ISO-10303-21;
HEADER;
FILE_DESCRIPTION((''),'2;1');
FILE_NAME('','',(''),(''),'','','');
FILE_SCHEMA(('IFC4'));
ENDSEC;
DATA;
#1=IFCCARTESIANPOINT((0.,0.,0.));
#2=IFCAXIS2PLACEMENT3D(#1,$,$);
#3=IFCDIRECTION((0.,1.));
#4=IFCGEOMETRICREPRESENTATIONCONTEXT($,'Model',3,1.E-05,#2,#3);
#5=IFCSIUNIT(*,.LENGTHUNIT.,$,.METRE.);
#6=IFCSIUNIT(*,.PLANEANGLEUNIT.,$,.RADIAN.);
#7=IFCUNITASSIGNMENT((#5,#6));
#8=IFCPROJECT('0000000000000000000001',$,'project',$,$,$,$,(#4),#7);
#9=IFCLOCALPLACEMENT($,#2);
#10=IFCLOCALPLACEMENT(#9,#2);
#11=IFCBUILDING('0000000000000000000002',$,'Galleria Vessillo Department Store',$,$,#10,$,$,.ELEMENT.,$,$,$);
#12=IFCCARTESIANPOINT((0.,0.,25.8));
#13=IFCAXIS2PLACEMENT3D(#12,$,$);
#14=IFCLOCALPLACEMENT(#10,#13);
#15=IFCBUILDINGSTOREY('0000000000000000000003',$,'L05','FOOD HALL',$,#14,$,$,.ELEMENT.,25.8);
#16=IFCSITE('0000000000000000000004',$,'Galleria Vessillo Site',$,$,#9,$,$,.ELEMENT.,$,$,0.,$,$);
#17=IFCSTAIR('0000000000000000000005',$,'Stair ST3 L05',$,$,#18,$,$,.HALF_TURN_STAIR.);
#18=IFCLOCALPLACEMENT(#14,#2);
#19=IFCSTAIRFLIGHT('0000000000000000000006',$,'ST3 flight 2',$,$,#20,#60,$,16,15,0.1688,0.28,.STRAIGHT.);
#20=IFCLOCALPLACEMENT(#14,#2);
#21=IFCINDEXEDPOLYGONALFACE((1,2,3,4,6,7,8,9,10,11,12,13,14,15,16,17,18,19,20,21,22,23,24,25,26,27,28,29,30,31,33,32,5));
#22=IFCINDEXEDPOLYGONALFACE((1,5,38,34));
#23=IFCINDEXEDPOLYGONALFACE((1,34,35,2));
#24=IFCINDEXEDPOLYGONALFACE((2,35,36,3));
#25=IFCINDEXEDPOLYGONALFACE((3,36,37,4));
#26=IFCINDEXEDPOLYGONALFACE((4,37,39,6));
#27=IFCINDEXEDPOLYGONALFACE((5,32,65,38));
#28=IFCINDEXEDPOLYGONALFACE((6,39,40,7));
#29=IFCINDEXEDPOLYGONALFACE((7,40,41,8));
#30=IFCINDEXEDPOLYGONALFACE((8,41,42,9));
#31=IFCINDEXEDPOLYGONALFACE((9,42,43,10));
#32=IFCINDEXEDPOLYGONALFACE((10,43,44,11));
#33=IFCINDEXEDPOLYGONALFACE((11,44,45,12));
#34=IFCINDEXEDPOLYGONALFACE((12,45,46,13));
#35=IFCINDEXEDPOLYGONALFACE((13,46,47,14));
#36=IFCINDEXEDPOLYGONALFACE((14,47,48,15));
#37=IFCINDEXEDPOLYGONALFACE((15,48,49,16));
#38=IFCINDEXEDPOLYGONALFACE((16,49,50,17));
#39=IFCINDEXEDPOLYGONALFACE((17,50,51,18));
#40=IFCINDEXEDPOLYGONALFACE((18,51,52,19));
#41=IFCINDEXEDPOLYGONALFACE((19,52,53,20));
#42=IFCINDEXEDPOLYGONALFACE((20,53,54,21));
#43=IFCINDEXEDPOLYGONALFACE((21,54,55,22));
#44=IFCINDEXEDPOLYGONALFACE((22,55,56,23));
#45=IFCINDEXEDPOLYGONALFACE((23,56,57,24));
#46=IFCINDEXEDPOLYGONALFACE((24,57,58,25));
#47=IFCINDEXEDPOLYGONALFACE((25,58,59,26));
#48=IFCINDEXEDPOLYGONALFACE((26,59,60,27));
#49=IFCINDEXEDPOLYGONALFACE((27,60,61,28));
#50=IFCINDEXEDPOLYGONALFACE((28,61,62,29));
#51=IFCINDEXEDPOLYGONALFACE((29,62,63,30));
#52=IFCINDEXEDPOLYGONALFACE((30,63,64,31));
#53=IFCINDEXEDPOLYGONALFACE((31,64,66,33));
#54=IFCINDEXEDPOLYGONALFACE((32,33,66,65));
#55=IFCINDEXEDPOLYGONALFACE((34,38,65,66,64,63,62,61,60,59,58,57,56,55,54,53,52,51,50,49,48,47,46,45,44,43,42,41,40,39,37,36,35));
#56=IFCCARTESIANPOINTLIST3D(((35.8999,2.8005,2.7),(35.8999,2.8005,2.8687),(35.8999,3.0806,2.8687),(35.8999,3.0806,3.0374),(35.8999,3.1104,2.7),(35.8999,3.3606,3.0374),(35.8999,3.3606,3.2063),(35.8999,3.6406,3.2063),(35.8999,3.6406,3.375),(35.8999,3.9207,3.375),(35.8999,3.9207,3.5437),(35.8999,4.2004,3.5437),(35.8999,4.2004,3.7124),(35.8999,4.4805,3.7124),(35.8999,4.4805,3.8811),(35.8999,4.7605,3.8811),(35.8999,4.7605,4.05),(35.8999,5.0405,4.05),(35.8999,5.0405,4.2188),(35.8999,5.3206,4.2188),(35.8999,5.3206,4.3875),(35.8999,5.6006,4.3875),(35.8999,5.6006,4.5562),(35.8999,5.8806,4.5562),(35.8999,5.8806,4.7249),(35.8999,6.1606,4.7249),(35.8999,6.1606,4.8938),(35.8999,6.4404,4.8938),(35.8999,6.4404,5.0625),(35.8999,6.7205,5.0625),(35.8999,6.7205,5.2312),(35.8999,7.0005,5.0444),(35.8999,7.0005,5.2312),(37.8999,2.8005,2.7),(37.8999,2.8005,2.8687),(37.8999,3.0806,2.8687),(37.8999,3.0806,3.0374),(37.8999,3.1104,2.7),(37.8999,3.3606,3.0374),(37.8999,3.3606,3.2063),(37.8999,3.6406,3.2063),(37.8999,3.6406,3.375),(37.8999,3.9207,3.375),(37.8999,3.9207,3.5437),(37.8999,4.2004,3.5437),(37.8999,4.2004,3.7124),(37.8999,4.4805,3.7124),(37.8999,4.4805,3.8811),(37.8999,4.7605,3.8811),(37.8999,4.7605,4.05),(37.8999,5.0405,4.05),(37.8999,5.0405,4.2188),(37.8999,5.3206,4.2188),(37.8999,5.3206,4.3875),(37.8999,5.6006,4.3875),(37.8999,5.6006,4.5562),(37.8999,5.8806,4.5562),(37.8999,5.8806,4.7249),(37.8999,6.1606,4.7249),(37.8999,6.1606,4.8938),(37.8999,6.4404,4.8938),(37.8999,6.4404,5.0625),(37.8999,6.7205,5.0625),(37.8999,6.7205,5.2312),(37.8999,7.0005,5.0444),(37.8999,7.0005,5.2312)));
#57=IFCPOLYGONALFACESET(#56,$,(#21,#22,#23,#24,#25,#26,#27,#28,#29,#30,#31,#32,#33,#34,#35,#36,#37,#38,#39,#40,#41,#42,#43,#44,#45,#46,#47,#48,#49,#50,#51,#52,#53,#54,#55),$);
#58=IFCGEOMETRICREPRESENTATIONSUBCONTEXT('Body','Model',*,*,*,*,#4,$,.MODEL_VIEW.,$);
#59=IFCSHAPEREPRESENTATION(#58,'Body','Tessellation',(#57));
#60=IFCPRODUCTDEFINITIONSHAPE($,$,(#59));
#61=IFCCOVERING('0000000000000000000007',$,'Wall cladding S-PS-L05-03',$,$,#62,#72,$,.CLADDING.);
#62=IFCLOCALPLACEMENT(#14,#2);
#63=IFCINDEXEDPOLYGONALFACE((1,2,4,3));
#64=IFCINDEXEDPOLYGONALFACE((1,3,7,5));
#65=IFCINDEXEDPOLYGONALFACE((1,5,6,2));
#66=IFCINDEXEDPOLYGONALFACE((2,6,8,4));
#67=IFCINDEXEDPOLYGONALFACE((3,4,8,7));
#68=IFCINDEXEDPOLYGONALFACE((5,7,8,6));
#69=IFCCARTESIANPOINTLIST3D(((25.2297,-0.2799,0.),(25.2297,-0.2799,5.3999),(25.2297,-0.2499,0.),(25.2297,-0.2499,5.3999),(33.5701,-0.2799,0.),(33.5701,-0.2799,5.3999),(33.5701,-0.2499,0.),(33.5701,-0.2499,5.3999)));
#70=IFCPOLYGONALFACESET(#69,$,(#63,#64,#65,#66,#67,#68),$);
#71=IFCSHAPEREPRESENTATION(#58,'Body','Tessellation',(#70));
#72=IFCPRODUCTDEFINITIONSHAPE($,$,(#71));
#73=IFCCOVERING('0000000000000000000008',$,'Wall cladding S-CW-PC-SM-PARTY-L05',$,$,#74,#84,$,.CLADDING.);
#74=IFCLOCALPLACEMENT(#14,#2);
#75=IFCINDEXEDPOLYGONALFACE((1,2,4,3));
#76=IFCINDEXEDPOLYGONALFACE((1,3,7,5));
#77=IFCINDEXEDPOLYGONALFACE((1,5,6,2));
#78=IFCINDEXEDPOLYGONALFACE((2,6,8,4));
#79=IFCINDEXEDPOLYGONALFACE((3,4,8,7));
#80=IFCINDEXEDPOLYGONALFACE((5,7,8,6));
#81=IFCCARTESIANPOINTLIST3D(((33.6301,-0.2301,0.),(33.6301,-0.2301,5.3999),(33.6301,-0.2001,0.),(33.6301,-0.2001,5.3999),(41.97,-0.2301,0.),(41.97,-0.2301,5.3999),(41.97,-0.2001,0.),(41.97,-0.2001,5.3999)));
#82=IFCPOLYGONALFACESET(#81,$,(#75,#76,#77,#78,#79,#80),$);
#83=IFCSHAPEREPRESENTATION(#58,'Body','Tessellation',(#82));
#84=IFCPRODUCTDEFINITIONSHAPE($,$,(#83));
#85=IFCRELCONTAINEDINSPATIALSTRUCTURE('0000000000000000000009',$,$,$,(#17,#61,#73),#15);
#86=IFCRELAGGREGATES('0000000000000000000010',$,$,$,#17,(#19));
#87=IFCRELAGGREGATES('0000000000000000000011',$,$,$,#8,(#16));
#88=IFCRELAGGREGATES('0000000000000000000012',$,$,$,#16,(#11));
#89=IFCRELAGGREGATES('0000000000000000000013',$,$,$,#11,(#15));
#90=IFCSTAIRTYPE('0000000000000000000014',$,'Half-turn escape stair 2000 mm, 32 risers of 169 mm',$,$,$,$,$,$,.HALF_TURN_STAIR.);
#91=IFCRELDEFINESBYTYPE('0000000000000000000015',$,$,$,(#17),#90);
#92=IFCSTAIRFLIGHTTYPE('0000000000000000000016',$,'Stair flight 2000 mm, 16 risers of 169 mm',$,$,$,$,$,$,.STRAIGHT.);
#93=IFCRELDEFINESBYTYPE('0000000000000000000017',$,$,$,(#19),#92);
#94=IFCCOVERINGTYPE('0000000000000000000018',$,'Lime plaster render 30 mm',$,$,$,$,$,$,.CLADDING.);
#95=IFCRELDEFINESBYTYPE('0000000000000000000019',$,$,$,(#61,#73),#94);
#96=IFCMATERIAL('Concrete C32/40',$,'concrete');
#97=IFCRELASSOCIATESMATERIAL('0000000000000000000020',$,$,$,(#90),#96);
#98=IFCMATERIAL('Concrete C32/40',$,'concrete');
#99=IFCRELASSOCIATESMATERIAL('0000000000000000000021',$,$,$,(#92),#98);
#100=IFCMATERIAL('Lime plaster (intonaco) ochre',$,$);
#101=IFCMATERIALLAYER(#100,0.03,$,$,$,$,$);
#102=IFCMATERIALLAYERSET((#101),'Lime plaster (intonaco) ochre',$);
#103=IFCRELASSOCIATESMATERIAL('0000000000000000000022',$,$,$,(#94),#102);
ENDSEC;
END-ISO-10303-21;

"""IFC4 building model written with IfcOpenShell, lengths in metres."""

from ifc_helpers import new_model, si_unit, direction, frame, origin, origin_2d, place, context, subcontext, project, spatial, polyline, rectangle, outline, extrude, material, layer, layer_set, type_object, element, aggregate, save


model = new_model("IFC4")

# Units and contexts
model_context = context("Model", 3, precision=1e-05, world=origin(), true_north=direction((0.0, 1.0)))
body_context = subcontext(model_context, "Body", "Model", "MODEL_VIEW")
ifc_project = project(units=[si_unit("LENGTHUNIT", "METRE"), si_unit("PLANEANGLEUNIT", "RADIAN")], contexts=[model_context])

# Site, building, storey
site_placement = place(None, origin())
site = spatial("IfcSite", under=ifc_project, at=site_placement, Name="Galleria Vessillo Site", CompositionType="ELEMENT", RefElevation=0.0)
building_placement = place(site_placement, origin())
building = spatial("IfcBuilding", under=site, at=building_placement, Name="Galleria Vessillo Department Store", CompositionType="ELEMENT")
storey_placement = place(building_placement, frame((0.0, 0.0, 25.8)))
storey = spatial("IfcBuildingStorey", under=building, at=storey_placement, Name="L05", Description="FOOD HALL", CompositionType="ELEMENT", Elevation=25.8)

# Stair, stair flight
ifc_material_1 = material(Name="Concrete C32/40", Category="concrete")
stair_type = type_object("IfcStairType", Name="Half-turn escape stair 2000 mm, 32 risers of 169 mm", PredefinedType="HALF_TURN_STAIR", material=ifc_material_1)
stair_placement = place(storey_placement, origin())
stair = element("IfcStair", 1, at=stair_placement, inside=storey, type_object=stair_type, Name="Stair ST3 L05", PredefinedType="HALF_TURN_STAIR")
ifc_material_2 = material(Name="Concrete C32/40", Category="concrete")
stair_flight_type = type_object("IfcStairFlightType", Name="Stair flight 2000 mm, 16 risers of 169 mm", PredefinedType="STRAIGHT", material=ifc_material_2)
stair_flight_1_placement = place(storey_placement, frame((36.8999, 2.8005, 2.7), z_axis=(0.0, 0.0, 1.0), x_axis=(0.0, 1.0, 0.0)))
stair_flight_1 = element("IfcStairFlight", 2, at=stair_flight_1_placement, type_object=stair_flight_type, Name="ST3 flight 2", NumberOfRisers=16, NumberOfTreads=15, PredefinedType="STRAIGHT", RiserHeight=0.1688, TreadLength=0.28, context=body_context, shape_type="SweptSolid", body=[
    extrude(outline(polyline([(0.0, 0.0), (0.0, 0.1687), (0.28, 0.1687), (0.28, 0.3374), (0.5601, 0.3374), (0.5601, 0.5063), (0.8401, 0.5063), (0.8401, 0.675), (1.1201, 0.675), (1.1201, 0.8438), (1.3999, 0.8438), (1.3999, 1.0125), (1.6799, 1.0125), (1.6799, 1.1812), (1.96, 1.1812), (1.96, 1.3501), (2.24, 1.3501), (2.24, 1.5188), (2.52, 1.5188), (2.52, 1.6875), (2.8, 1.6875), (2.8, 1.8562), (3.0801, 1.8562), (3.0801, 2.0249), (3.3601, 2.0249), (3.3601, 2.1938), (3.6399, 2.1938), (3.6399, 2.3625), (3.9199, 2.3625), (3.9199, 2.5312), (4.2, 2.5312), (4.2, 2.7), (4.2, 2.3445), (0.3098, 0.0), (0.0, 0.0)])), frame((0.0, 1.0, 0.0), z_axis=(0.0, -1.0, 0.0), x_axis=(1.0, 0.0, 0.0)), (0.0, 0.0, 1.0), 2.0),
])
aggregate(stair, [stair_flight_1])

# Coverings
ifc_material_3 = material(Name="Lime plaster (intonaco) ochre")
ifc_layer_1 = layer(ifc_material_3, 0.03)
ifc_layer_set_1 = layer_set([ifc_layer_1], Name="Lime plaster (intonaco) ochre")
covering_type = type_object("IfcCoveringType", Name="Lime plaster render 30 mm", PredefinedType="CLADDING", material=ifc_layer_set_1)
covering_1_placement = place(storey_placement, frame((29.3999, -0.2649, 0.0), z_axis=(0.0, 0.0, 1.0), x_axis=(1.0, 0.0, 0.0)))
element("IfcCovering", 3, at=covering_1_placement, inside=storey, type_object=covering_type, Name="Wall cladding S-PS-L05-03", PredefinedType="CLADDING", context=body_context, shape_type="SweptSolid", body=[
    extrude(rectangle(XDim=8.3403, YDim=0.03, at=origin_2d()), origin(), (0.0, 0.0, 1.0), 5.3999),
])
covering_2_placement = place(storey_placement, frame((37.8, -0.2151, 0.0), z_axis=(0.0, 0.0, 1.0), x_axis=(1.0, 0.0, 0.0)))
element("IfcCovering", 4, at=covering_2_placement, inside=storey, type_object=covering_type, Name="Wall cladding S-CW-PC-SM-PARTY-L05", PredefinedType="CLADDING", context=body_context, shape_type="SweptSolid", body=[
    extrude(rectangle(XDim=8.3398, YDim=0.03, at=origin_2d()), origin(), (0.0, 0.0, 1.0), 5.3999),
])

save(model, "model.ifc")
